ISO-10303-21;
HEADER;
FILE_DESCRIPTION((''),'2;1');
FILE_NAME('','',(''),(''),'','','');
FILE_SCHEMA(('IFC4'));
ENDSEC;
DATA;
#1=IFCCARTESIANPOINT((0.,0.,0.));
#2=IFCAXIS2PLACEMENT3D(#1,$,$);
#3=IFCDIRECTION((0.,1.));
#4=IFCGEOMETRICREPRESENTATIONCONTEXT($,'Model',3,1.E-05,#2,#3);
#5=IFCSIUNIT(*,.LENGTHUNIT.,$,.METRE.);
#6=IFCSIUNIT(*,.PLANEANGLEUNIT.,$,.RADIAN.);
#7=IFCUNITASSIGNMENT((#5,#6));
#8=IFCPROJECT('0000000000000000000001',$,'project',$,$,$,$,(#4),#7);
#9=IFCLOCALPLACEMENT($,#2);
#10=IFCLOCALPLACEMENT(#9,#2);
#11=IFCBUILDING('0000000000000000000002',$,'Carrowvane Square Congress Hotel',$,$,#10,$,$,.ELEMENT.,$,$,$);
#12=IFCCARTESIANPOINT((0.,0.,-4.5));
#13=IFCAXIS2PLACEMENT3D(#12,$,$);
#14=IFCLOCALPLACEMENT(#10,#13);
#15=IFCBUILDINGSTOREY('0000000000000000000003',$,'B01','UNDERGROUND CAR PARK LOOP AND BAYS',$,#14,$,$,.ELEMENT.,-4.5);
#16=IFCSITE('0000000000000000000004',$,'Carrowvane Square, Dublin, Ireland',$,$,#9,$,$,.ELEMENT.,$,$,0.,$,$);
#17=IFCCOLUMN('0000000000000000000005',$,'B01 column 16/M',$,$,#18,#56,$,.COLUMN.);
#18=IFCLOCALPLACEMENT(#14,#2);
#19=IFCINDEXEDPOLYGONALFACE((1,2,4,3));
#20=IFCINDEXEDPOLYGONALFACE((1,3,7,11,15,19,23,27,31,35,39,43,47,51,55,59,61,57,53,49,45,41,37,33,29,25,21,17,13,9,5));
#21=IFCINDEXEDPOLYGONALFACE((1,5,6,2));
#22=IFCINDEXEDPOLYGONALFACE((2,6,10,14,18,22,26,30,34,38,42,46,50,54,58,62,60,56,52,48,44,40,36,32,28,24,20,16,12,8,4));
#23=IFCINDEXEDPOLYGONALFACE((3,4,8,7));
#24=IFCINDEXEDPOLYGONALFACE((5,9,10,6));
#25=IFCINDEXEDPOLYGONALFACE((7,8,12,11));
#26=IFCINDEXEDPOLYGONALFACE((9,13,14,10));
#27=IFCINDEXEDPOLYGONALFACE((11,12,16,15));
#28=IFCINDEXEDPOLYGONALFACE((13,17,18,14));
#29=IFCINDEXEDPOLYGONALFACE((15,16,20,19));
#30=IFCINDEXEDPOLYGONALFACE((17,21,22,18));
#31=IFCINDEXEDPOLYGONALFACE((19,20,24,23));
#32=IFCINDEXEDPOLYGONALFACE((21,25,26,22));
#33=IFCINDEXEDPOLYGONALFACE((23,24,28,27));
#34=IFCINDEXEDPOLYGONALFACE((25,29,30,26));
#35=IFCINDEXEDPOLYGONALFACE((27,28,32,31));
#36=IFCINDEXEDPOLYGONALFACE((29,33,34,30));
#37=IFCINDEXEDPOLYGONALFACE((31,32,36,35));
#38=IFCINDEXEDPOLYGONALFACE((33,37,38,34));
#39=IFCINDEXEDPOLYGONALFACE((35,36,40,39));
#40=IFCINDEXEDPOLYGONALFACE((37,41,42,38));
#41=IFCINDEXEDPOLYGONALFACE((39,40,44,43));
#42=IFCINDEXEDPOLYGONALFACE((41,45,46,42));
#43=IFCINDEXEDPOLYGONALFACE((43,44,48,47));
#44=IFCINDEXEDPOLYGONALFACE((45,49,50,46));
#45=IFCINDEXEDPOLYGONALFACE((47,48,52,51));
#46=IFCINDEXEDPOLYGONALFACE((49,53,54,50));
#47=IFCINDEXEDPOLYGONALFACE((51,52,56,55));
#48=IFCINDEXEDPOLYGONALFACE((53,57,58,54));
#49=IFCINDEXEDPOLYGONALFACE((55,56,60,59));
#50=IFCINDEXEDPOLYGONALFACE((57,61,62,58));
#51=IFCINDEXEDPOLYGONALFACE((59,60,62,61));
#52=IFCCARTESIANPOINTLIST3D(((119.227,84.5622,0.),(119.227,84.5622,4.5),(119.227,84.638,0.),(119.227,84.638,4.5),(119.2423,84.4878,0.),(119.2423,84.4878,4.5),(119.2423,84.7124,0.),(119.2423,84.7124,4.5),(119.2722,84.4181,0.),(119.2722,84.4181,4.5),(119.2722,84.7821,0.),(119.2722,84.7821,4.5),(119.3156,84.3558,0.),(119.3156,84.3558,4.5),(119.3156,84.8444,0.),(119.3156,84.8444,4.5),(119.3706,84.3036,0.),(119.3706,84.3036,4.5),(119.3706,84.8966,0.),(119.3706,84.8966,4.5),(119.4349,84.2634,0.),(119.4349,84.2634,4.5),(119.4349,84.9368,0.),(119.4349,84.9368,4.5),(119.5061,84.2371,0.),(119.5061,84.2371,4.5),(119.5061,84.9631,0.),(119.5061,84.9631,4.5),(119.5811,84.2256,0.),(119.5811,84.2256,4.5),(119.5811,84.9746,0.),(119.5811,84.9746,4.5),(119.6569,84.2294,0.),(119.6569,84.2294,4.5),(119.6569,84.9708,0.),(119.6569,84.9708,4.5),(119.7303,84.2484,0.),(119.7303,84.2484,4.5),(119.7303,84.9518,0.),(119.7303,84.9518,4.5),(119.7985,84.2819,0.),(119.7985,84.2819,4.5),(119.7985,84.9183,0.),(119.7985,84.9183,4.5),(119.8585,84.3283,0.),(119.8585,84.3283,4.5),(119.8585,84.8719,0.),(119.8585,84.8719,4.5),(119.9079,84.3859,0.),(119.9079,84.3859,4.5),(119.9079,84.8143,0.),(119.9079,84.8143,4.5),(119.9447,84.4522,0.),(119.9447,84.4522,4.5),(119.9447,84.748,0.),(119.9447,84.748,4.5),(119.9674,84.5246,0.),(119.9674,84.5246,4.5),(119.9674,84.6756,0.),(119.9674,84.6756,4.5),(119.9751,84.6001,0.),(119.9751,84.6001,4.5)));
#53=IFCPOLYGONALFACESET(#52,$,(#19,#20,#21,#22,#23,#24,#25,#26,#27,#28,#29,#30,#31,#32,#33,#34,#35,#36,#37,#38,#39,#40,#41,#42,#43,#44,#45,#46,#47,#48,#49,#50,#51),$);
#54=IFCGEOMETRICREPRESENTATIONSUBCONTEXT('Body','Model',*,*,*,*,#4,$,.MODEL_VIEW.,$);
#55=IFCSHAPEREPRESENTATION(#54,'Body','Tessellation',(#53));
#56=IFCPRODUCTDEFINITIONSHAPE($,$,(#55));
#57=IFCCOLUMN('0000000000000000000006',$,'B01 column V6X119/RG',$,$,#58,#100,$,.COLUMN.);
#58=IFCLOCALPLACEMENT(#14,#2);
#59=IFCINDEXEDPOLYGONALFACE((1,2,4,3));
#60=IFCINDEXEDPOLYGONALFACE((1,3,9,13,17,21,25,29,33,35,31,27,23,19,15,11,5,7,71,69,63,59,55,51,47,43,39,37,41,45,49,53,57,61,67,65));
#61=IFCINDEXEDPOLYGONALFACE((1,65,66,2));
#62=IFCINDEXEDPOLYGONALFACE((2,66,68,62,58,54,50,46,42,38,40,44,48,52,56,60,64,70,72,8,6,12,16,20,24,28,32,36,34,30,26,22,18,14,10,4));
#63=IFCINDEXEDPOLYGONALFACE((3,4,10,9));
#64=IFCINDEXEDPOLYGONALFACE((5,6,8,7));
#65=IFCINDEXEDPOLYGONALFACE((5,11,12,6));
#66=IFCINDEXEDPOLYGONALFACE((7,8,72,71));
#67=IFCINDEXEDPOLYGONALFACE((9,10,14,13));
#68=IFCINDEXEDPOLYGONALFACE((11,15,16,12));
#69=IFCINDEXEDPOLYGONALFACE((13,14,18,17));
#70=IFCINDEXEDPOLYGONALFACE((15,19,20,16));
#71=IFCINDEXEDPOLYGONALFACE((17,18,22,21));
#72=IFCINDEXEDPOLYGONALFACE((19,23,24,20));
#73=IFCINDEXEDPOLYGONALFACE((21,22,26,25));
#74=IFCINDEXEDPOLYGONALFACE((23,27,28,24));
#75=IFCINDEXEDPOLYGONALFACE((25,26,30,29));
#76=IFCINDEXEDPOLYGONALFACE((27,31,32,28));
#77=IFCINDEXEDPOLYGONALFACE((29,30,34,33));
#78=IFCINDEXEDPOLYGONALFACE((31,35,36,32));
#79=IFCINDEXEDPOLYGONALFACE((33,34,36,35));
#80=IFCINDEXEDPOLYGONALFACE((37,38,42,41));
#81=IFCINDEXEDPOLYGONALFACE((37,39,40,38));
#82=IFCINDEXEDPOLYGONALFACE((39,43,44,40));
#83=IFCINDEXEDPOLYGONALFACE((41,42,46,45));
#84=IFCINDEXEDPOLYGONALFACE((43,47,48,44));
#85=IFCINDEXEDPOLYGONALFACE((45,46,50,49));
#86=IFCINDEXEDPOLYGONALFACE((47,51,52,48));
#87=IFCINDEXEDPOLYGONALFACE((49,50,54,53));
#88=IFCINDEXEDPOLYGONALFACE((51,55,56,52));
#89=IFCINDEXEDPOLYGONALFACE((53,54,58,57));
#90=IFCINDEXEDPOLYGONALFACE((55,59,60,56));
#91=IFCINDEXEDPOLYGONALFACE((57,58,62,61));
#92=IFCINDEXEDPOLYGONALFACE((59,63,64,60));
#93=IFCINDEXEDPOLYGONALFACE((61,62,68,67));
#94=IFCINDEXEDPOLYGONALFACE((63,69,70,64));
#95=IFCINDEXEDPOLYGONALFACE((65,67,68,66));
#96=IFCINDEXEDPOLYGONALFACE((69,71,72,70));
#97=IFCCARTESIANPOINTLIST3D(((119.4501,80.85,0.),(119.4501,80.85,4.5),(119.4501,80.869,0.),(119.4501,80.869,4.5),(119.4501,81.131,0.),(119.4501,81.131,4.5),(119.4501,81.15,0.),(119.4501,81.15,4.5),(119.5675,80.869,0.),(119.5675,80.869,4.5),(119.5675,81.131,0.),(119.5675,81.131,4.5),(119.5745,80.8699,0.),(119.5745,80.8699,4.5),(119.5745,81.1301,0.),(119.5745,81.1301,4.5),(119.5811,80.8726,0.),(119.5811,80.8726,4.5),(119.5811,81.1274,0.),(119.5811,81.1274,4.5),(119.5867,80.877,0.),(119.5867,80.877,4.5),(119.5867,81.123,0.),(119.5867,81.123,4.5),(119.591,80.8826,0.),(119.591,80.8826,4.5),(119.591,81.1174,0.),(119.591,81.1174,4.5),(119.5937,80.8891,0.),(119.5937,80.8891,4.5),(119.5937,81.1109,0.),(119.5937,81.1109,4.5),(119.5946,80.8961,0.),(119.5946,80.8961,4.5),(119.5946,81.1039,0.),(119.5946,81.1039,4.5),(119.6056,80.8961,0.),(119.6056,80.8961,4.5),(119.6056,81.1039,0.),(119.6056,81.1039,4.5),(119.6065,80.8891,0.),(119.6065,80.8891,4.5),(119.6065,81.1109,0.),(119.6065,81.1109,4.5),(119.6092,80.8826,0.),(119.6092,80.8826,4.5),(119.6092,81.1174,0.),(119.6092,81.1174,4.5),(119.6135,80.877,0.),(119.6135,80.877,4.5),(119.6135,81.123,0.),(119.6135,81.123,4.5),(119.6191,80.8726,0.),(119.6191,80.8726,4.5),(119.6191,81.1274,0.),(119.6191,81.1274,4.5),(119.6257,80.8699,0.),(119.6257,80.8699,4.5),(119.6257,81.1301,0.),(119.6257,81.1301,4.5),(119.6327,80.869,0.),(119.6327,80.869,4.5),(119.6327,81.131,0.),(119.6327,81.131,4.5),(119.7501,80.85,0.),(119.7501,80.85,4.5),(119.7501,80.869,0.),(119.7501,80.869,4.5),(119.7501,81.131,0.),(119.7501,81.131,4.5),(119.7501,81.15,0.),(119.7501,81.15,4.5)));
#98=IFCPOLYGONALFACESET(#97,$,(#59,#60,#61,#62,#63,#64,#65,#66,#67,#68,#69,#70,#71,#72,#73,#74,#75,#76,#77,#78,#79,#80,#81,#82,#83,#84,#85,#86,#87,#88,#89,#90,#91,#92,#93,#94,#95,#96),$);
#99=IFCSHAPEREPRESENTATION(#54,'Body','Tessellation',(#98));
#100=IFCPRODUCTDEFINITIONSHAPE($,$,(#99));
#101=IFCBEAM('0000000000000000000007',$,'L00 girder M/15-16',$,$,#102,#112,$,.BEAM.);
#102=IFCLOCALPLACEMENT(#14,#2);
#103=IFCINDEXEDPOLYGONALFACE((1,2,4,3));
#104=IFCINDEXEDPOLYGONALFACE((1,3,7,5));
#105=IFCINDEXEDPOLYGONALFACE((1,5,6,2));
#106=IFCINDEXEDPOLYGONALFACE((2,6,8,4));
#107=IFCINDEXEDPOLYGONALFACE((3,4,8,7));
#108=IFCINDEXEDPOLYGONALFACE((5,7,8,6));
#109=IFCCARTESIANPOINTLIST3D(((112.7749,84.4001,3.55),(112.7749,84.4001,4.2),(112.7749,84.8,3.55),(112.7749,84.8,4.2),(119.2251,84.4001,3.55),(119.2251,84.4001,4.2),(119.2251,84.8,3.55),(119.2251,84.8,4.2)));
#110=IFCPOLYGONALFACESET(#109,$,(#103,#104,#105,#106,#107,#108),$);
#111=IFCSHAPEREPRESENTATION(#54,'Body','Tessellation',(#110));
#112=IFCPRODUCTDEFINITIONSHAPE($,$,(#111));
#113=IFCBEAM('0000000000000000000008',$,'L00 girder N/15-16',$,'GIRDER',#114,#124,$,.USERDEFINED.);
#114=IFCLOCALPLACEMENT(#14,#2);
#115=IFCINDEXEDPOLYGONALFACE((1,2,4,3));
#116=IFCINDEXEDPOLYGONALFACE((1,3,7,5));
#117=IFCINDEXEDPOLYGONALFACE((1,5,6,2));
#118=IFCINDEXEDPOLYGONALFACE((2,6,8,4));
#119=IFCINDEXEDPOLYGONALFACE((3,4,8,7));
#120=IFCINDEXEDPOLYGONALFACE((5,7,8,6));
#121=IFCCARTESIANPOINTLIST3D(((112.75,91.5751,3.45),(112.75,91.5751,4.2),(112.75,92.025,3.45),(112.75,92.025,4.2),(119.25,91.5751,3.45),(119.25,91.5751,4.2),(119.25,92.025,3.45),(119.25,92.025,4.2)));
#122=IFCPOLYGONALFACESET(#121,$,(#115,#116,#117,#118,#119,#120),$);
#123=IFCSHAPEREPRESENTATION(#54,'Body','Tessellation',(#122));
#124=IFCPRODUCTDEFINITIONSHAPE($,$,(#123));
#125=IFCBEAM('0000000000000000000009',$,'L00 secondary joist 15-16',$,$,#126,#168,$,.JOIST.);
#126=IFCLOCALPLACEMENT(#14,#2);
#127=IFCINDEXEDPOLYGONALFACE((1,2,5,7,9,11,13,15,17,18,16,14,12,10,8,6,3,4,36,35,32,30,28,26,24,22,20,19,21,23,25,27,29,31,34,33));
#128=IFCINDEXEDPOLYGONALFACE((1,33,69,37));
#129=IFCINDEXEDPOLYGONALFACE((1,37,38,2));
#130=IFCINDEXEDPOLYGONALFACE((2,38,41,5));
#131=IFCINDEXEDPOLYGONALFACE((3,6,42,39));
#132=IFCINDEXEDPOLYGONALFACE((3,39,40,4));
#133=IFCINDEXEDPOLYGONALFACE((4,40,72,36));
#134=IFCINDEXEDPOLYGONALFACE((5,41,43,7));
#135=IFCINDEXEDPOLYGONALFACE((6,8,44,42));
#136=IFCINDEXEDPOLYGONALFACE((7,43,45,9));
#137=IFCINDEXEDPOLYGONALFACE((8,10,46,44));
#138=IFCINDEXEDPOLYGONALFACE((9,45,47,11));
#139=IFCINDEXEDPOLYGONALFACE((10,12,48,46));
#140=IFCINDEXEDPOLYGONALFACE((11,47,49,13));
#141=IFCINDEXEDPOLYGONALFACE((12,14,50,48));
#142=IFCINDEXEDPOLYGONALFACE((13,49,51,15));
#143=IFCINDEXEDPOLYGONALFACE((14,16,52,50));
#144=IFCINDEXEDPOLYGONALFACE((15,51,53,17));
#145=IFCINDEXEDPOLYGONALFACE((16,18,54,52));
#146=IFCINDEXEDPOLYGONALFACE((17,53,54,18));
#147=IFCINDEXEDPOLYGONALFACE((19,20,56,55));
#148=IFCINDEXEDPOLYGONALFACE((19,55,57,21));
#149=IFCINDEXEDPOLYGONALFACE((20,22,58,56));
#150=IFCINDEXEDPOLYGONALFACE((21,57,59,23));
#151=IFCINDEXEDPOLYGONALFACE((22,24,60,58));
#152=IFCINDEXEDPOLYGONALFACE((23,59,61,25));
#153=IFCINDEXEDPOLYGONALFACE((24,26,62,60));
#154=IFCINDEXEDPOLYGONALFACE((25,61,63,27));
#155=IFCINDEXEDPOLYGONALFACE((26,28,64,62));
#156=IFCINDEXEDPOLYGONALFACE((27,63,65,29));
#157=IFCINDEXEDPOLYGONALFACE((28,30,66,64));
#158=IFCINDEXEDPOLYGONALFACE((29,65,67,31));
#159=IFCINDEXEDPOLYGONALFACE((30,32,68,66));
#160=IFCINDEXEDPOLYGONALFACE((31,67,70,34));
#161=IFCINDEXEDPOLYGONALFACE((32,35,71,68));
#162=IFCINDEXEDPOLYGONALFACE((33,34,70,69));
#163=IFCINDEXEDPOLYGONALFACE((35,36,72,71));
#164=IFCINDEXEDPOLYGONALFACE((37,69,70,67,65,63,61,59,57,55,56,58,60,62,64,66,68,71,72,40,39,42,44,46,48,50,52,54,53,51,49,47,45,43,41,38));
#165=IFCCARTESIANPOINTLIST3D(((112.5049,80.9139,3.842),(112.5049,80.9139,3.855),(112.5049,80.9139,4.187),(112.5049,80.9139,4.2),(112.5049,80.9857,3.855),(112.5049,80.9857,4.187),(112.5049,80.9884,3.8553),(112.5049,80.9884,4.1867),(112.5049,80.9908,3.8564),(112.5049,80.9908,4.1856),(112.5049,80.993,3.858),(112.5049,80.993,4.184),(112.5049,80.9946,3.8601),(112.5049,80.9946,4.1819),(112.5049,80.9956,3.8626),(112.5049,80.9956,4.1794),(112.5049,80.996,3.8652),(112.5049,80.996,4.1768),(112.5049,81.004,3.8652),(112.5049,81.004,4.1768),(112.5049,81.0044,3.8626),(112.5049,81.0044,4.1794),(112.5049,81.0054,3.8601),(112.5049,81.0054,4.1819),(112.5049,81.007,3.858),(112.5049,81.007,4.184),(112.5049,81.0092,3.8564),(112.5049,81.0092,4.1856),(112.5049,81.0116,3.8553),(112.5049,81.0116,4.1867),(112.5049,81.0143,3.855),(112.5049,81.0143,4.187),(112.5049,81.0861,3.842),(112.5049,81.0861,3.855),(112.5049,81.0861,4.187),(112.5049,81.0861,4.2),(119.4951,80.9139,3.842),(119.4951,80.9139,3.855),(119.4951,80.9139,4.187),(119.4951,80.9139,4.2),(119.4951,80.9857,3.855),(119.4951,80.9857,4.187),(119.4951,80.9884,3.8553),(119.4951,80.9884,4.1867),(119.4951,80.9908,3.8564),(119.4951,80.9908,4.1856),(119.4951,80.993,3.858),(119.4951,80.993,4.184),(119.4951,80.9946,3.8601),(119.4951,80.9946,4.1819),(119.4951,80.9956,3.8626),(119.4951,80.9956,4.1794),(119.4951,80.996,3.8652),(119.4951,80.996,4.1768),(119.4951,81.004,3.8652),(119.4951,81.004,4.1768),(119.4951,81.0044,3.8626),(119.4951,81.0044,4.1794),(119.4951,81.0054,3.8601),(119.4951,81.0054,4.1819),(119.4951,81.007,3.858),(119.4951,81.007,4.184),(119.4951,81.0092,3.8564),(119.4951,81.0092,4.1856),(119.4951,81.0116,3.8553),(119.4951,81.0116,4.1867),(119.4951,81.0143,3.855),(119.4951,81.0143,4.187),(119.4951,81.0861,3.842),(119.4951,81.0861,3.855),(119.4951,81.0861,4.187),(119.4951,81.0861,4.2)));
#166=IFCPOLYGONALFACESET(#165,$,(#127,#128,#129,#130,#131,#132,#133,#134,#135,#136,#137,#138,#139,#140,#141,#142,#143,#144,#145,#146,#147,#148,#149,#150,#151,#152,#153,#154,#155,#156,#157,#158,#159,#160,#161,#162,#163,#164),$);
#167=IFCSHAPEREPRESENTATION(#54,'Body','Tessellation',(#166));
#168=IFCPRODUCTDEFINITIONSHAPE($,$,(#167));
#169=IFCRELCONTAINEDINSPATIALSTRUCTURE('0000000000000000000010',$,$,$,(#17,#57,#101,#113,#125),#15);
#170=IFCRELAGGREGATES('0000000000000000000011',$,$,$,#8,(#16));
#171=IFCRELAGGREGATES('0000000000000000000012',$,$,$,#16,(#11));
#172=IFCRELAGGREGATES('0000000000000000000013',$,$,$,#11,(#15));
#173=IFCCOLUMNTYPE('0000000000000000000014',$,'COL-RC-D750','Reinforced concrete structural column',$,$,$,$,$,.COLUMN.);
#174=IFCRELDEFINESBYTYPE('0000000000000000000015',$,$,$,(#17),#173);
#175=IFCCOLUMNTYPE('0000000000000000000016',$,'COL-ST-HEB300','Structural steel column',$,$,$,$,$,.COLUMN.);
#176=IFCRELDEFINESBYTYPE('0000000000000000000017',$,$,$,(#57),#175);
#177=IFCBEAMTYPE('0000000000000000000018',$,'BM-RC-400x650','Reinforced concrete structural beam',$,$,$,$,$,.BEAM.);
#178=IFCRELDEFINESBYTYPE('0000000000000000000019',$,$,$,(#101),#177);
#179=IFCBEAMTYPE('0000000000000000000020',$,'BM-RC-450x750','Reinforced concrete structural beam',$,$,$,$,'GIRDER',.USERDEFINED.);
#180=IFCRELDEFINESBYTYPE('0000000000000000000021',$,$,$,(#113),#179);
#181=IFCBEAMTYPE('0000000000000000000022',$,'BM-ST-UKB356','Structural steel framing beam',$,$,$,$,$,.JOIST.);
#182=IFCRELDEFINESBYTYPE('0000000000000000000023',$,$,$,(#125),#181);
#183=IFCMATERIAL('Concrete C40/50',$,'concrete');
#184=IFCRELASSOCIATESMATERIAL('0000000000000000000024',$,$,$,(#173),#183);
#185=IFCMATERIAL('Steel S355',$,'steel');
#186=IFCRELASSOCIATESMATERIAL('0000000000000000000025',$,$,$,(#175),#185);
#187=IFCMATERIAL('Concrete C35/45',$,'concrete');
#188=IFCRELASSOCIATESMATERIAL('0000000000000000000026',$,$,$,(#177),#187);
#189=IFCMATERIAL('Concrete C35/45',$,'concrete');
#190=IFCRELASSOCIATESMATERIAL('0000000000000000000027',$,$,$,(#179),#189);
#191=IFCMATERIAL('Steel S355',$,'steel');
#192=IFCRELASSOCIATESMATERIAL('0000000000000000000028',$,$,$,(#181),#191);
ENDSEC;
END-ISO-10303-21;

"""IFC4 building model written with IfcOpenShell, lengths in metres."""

from ifc_helpers import new_model, si_unit, direction, frame, origin, origin_2d, place, context, subcontext, project, spatial, rectangle, circle, i_section, extrude, material, material_profile, profile_set, type_object, element, save


model = new_model("IFC4")

# Units and contexts
model_context = context("Model", 3, precision=1e-05, world=origin(), true_north=direction((0.0, 1.0)))
body_context = subcontext(model_context, "Body", "Model", "MODEL_VIEW")
ifc_project = project(units=[si_unit("LENGTHUNIT", "METRE"), si_unit("PLANEANGLEUNIT", "RADIAN")], contexts=[model_context])

# Site, building, storey
site_placement = place(None, origin())
site = spatial("IfcSite", under=ifc_project, at=site_placement, Name="Carrowvane Square, Dublin, Ireland", CompositionType="ELEMENT", RefElevation=0.0)
building_placement = place(site_placement, origin())
building = spatial("IfcBuilding", under=site, at=building_placement, Name="Carrowvane Square Congress Hotel", CompositionType="ELEMENT")
storey_placement = place(building_placement, frame((0.0, 0.0, -4.5)))
storey = spatial("IfcBuildingStorey", under=building, at=storey_placement, Name="B01", Description="UNDERGROUND CAR PARK LOOP AND BAYS", CompositionType="ELEMENT", Elevation=-4.5)

# Columns
ifc_material_1 = material(Name="Concrete C40/50", Category="concrete")
ifc_material_profile_1 = material_profile(ifc_material_1, circle(Radius=0.375, at=origin_2d()), Name="RC D750")
ifc_profile_set_1 = profile_set([ifc_material_profile_1], Name="Concrete C40/50")
column_type_1 = type_object("IfcColumnType", Name="COL-RC-D750", Description="Reinforced concrete structural column", PredefinedType="COLUMN", material=ifc_profile_set_1)
for number, where, z_axis, x_axis, name in (
    (1, (119.6001, 84.6001, 0.0), (0.0, 0.0, 1.0), (1.0, 0.0, 0.0), "B01 column 16/M"),
):
    element("IfcColumn", number, at=place(storey_placement, frame(where, z_axis=z_axis, x_axis=x_axis)), inside=storey, type_object=column_type_1, Name=name, PredefinedType="COLUMN", context=body_context, shape_type="SweptSolid", body=[
        extrude(circle(Radius=0.375, at=origin_2d()), origin(), (0.0, 0.0, 1.0), 4.5),
    ])
ifc_material_2 = material(Name="Steel S355", Category="steel")
ifc_material_profile_2 = material_profile(ifc_material_2, i_section(OverallWidth=0.3, OverallDepth=0.3, WebThickness=0.011, FlangeThickness=0.019, FilletRadius=0.0271, at=origin_2d()), Name="HEB 300")
ifc_profile_set_2 = profile_set([ifc_material_profile_2], Name="Steel S355")
column_type_2 = type_object("IfcColumnType", Name="COL-ST-HEB300", Description="Structural steel column", PredefinedType="COLUMN", material=ifc_profile_set_2)
column_1_placement = place(storey_placement, frame((119.6001, 81.0, 0.0), z_axis=(0.0, 0.0, 1.0), x_axis=(1.0, 0.0, 0.0)))
element("IfcColumn", 2, at=column_1_placement, inside=storey, type_object=column_type_2, Name="B01 column V6X119/RG", PredefinedType="COLUMN", context=body_context, shape_type="SweptSolid", body=[
    extrude(i_section(OverallWidth=0.3, OverallDepth=0.3, WebThickness=0.011, FlangeThickness=0.019, FilletRadius=0.0271, at=origin_2d()), origin(), (0.0, 0.0, 1.0), 4.5),
])

# Beams
ifc_material_3 = material(Name="Concrete C35/45", Category="concrete")
ifc_material_profile_3 = material_profile(ifc_material_3, rectangle(XDim=0.3999, YDim=0.6499, at=origin_2d()), Name="RC 400x650")
ifc_profile_set_3 = profile_set([ifc_material_profile_3], Name="Concrete C35/45")
beam_type_1 = type_object("IfcBeamType", Name="BM-RC-400x650", Description="Reinforced concrete structural beam", PredefinedType="BEAM", material=ifc_profile_set_3)
beam_1_placement = place(storey_placement, frame((112.7749, 84.6001, 3.875), z_axis=(1.0, 0.0, 0.0), x_axis=(0.0, 1.0, 0.0)))
element("IfcBeam", 3, at=beam_1_placement, inside=storey, type_object=beam_type_1, Name="L00 girder M/15-16", PredefinedType="BEAM", context=body_context, shape_type="SweptSolid", body=[
    extrude(rectangle(XDim=0.3999, YDim=0.6499, at=origin_2d()), origin(), (0.0, 0.0, 1.0), 6.4502),
])
ifc_material_4 = material(Name="Concrete C35/45", Category="concrete")
ifc_material_profile_4 = material_profile(ifc_material_4, rectangle(XDim=0.45, YDim=0.75, at=origin_2d()), Name="RC 450x750")
ifc_profile_set_4 = profile_set([ifc_material_profile_4], Name="Concrete C35/45")
beam_type_2 = type_object("IfcBeamType", Name="BM-RC-450x750", Description="Reinforced concrete structural beam", ElementType="GIRDER", PredefinedType="USERDEFINED", material=ifc_profile_set_4)
beam_2_placement = place(storey_placement, frame((112.75, 91.8, 3.825), z_axis=(1.0, 0.0, 0.0), x_axis=(0.0, 1.0, 0.0)))
element("IfcBeam", 4, at=beam_2_placement, inside=storey, type_object=beam_type_2, Name="L00 girder N/15-16", ObjectType="GIRDER", PredefinedType="USERDEFINED", context=body_context, shape_type="SweptSolid", body=[
    extrude(rectangle(XDim=0.45, YDim=0.75, at=origin_2d()), origin(), (0.0, 0.0, 1.0), 6.5),
])
ifc_material_5 = material(Name="Steel S355", Category="steel")
ifc_material_profile_5 = material_profile(ifc_material_5, i_section(OverallWidth=0.1721, OverallDepth=0.3579, WebThickness=0.0081, FlangeThickness=0.0129, FilletRadius=0.0103, at=origin_2d()), Name="UKB 356x171x57")
ifc_profile_set_5 = profile_set([ifc_material_profile_5], Name="Steel S355")
beam_type_3 = type_object("IfcBeamType", Name="BM-ST-UKB356", Description="Structural steel framing beam", PredefinedType="JOIST", material=ifc_profile_set_5)
for number, where, z_axis, x_axis, name in (
    (5, (112.5049, 81.0, 4.021), (1.0, 0.0, 0.0), (0.0, 1.0, 0.0), "L00 secondary joist 15-16"),
):
    element("IfcBeam", number, at=place(storey_placement, frame(where, z_axis=z_axis, x_axis=x_axis)), inside=storey, type_object=beam_type_3, Name=name, PredefinedType="JOIST", context=body_context, shape_type="SweptSolid", body=[
        extrude(i_section(OverallWidth=0.1721, OverallDepth=0.3579, WebThickness=0.0081, FlangeThickness=0.0129, FilletRadius=0.0103, at=origin_2d()), origin(), (0.0, 0.0, 1.0), 6.9902),
    ])

save(model, "model.ifc")
